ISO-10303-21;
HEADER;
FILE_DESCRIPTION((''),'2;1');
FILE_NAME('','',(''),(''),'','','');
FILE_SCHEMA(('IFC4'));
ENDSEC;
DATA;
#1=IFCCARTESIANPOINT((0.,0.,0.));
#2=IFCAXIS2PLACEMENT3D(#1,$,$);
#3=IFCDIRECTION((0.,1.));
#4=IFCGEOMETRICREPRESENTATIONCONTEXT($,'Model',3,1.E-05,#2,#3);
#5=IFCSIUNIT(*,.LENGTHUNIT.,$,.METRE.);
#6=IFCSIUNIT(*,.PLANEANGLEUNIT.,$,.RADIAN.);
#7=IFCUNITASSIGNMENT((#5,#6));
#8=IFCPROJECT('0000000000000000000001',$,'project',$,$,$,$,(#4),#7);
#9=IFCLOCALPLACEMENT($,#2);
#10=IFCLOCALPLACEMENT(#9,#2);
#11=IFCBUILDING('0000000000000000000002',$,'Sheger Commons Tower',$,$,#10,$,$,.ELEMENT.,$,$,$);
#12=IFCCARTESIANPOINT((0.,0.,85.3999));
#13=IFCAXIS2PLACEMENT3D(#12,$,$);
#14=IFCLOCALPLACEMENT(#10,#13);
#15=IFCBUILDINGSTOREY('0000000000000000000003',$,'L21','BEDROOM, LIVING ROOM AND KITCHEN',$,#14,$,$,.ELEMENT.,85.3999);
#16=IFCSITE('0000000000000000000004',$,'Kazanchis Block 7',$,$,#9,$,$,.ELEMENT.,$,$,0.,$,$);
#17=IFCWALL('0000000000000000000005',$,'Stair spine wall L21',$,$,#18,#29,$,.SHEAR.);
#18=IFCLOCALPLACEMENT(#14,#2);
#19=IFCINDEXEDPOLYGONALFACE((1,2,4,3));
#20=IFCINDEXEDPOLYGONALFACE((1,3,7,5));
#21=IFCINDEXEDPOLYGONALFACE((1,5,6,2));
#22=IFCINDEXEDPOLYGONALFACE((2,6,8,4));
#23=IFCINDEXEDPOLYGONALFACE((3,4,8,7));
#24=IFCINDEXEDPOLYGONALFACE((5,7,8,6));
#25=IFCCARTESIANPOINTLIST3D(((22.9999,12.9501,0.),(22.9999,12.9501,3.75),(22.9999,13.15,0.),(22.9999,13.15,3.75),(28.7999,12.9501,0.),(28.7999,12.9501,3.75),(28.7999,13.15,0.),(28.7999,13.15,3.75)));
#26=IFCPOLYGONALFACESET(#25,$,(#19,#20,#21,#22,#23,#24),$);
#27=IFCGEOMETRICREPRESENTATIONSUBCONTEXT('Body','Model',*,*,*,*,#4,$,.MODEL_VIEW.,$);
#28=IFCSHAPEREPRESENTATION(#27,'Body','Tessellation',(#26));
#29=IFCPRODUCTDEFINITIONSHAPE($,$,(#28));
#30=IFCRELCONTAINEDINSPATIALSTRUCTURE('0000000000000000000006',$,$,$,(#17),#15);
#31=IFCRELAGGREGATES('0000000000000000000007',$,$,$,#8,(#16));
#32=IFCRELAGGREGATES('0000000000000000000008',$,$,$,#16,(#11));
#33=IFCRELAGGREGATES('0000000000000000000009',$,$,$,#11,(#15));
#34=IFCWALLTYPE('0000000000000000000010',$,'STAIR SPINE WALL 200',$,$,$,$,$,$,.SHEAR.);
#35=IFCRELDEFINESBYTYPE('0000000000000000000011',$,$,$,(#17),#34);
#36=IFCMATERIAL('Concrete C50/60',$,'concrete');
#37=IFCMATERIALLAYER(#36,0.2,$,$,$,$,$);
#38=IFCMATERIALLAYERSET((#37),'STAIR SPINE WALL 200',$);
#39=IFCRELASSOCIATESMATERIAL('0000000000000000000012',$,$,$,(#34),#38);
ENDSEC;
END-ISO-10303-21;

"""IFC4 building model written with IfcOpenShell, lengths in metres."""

from ifc_helpers import new_model, si_unit, direction, frame, frame_2d, origin, place, context, subcontext, project, spatial, rectangle, extrude, material, layer, layer_set, type_object, element, save


model = new_model("IFC4")

# Units and contexts
model_context = context("Model", 3, precision=1e-05, world=origin(), true_north=direction((0.0, 1.0)))
body_context = subcontext(model_context, "Body", "Model", "MODEL_VIEW")
ifc_project = project(units=[si_unit("LENGTHUNIT", "METRE"), si_unit("PLANEANGLEUNIT", "RADIAN")], contexts=[model_context])

# Site, building, storey
site_placement = place(None, origin())
site = spatial("IfcSite", under=ifc_project, at=site_placement, Name="Kazanchis Block 7", CompositionType="ELEMENT", RefElevation=0.0)
building_placement = place(site_placement, origin())
building = spatial("IfcBuilding", under=site, at=building_placement, Name="Sheger Commons Tower", CompositionType="ELEMENT")
storey_placement = place(building_placement, frame((0.0, 0.0, 85.3999)))
storey = spatial("IfcBuildingStorey", under=building, at=storey_placement, Name="L21", Description="BEDROOM, LIVING ROOM AND KITCHEN", CompositionType="ELEMENT", Elevation=85.3999)

# Wall
ifc_material_1 = material(Name="Concrete C50/60", Category="concrete")
ifc_layer_1 = layer(ifc_material_1, 0.2)
ifc_layer_set_1 = layer_set([ifc_layer_1], Name="STAIR SPINE WALL 200")
wall_type_1 = type_object("IfcWallType", Name="STAIR SPINE WALL 200", PredefinedType="SHEAR", material=ifc_layer_set_1)
wall_1_placement = place(storey_placement, frame((23.0, 13.05, 0.0), z_axis=(0.0, 0.0, 1.0), x_axis=(1.0, 0.0, 0.0)))
element("IfcWall", 1, at=wall_1_placement, inside=storey, type_object=wall_type_1, Name="Stair spine wall L21", PredefinedType="SHEAR", context=body_context, shape_type="SweptSolid", body=[
    extrude(rectangle(XDim=5.8, YDim=0.2, at=frame_2d((2.8999, 0.0))), origin(), (0.0, 0.0, 1.0), 3.75),
])

save(model, "model.ifc")
